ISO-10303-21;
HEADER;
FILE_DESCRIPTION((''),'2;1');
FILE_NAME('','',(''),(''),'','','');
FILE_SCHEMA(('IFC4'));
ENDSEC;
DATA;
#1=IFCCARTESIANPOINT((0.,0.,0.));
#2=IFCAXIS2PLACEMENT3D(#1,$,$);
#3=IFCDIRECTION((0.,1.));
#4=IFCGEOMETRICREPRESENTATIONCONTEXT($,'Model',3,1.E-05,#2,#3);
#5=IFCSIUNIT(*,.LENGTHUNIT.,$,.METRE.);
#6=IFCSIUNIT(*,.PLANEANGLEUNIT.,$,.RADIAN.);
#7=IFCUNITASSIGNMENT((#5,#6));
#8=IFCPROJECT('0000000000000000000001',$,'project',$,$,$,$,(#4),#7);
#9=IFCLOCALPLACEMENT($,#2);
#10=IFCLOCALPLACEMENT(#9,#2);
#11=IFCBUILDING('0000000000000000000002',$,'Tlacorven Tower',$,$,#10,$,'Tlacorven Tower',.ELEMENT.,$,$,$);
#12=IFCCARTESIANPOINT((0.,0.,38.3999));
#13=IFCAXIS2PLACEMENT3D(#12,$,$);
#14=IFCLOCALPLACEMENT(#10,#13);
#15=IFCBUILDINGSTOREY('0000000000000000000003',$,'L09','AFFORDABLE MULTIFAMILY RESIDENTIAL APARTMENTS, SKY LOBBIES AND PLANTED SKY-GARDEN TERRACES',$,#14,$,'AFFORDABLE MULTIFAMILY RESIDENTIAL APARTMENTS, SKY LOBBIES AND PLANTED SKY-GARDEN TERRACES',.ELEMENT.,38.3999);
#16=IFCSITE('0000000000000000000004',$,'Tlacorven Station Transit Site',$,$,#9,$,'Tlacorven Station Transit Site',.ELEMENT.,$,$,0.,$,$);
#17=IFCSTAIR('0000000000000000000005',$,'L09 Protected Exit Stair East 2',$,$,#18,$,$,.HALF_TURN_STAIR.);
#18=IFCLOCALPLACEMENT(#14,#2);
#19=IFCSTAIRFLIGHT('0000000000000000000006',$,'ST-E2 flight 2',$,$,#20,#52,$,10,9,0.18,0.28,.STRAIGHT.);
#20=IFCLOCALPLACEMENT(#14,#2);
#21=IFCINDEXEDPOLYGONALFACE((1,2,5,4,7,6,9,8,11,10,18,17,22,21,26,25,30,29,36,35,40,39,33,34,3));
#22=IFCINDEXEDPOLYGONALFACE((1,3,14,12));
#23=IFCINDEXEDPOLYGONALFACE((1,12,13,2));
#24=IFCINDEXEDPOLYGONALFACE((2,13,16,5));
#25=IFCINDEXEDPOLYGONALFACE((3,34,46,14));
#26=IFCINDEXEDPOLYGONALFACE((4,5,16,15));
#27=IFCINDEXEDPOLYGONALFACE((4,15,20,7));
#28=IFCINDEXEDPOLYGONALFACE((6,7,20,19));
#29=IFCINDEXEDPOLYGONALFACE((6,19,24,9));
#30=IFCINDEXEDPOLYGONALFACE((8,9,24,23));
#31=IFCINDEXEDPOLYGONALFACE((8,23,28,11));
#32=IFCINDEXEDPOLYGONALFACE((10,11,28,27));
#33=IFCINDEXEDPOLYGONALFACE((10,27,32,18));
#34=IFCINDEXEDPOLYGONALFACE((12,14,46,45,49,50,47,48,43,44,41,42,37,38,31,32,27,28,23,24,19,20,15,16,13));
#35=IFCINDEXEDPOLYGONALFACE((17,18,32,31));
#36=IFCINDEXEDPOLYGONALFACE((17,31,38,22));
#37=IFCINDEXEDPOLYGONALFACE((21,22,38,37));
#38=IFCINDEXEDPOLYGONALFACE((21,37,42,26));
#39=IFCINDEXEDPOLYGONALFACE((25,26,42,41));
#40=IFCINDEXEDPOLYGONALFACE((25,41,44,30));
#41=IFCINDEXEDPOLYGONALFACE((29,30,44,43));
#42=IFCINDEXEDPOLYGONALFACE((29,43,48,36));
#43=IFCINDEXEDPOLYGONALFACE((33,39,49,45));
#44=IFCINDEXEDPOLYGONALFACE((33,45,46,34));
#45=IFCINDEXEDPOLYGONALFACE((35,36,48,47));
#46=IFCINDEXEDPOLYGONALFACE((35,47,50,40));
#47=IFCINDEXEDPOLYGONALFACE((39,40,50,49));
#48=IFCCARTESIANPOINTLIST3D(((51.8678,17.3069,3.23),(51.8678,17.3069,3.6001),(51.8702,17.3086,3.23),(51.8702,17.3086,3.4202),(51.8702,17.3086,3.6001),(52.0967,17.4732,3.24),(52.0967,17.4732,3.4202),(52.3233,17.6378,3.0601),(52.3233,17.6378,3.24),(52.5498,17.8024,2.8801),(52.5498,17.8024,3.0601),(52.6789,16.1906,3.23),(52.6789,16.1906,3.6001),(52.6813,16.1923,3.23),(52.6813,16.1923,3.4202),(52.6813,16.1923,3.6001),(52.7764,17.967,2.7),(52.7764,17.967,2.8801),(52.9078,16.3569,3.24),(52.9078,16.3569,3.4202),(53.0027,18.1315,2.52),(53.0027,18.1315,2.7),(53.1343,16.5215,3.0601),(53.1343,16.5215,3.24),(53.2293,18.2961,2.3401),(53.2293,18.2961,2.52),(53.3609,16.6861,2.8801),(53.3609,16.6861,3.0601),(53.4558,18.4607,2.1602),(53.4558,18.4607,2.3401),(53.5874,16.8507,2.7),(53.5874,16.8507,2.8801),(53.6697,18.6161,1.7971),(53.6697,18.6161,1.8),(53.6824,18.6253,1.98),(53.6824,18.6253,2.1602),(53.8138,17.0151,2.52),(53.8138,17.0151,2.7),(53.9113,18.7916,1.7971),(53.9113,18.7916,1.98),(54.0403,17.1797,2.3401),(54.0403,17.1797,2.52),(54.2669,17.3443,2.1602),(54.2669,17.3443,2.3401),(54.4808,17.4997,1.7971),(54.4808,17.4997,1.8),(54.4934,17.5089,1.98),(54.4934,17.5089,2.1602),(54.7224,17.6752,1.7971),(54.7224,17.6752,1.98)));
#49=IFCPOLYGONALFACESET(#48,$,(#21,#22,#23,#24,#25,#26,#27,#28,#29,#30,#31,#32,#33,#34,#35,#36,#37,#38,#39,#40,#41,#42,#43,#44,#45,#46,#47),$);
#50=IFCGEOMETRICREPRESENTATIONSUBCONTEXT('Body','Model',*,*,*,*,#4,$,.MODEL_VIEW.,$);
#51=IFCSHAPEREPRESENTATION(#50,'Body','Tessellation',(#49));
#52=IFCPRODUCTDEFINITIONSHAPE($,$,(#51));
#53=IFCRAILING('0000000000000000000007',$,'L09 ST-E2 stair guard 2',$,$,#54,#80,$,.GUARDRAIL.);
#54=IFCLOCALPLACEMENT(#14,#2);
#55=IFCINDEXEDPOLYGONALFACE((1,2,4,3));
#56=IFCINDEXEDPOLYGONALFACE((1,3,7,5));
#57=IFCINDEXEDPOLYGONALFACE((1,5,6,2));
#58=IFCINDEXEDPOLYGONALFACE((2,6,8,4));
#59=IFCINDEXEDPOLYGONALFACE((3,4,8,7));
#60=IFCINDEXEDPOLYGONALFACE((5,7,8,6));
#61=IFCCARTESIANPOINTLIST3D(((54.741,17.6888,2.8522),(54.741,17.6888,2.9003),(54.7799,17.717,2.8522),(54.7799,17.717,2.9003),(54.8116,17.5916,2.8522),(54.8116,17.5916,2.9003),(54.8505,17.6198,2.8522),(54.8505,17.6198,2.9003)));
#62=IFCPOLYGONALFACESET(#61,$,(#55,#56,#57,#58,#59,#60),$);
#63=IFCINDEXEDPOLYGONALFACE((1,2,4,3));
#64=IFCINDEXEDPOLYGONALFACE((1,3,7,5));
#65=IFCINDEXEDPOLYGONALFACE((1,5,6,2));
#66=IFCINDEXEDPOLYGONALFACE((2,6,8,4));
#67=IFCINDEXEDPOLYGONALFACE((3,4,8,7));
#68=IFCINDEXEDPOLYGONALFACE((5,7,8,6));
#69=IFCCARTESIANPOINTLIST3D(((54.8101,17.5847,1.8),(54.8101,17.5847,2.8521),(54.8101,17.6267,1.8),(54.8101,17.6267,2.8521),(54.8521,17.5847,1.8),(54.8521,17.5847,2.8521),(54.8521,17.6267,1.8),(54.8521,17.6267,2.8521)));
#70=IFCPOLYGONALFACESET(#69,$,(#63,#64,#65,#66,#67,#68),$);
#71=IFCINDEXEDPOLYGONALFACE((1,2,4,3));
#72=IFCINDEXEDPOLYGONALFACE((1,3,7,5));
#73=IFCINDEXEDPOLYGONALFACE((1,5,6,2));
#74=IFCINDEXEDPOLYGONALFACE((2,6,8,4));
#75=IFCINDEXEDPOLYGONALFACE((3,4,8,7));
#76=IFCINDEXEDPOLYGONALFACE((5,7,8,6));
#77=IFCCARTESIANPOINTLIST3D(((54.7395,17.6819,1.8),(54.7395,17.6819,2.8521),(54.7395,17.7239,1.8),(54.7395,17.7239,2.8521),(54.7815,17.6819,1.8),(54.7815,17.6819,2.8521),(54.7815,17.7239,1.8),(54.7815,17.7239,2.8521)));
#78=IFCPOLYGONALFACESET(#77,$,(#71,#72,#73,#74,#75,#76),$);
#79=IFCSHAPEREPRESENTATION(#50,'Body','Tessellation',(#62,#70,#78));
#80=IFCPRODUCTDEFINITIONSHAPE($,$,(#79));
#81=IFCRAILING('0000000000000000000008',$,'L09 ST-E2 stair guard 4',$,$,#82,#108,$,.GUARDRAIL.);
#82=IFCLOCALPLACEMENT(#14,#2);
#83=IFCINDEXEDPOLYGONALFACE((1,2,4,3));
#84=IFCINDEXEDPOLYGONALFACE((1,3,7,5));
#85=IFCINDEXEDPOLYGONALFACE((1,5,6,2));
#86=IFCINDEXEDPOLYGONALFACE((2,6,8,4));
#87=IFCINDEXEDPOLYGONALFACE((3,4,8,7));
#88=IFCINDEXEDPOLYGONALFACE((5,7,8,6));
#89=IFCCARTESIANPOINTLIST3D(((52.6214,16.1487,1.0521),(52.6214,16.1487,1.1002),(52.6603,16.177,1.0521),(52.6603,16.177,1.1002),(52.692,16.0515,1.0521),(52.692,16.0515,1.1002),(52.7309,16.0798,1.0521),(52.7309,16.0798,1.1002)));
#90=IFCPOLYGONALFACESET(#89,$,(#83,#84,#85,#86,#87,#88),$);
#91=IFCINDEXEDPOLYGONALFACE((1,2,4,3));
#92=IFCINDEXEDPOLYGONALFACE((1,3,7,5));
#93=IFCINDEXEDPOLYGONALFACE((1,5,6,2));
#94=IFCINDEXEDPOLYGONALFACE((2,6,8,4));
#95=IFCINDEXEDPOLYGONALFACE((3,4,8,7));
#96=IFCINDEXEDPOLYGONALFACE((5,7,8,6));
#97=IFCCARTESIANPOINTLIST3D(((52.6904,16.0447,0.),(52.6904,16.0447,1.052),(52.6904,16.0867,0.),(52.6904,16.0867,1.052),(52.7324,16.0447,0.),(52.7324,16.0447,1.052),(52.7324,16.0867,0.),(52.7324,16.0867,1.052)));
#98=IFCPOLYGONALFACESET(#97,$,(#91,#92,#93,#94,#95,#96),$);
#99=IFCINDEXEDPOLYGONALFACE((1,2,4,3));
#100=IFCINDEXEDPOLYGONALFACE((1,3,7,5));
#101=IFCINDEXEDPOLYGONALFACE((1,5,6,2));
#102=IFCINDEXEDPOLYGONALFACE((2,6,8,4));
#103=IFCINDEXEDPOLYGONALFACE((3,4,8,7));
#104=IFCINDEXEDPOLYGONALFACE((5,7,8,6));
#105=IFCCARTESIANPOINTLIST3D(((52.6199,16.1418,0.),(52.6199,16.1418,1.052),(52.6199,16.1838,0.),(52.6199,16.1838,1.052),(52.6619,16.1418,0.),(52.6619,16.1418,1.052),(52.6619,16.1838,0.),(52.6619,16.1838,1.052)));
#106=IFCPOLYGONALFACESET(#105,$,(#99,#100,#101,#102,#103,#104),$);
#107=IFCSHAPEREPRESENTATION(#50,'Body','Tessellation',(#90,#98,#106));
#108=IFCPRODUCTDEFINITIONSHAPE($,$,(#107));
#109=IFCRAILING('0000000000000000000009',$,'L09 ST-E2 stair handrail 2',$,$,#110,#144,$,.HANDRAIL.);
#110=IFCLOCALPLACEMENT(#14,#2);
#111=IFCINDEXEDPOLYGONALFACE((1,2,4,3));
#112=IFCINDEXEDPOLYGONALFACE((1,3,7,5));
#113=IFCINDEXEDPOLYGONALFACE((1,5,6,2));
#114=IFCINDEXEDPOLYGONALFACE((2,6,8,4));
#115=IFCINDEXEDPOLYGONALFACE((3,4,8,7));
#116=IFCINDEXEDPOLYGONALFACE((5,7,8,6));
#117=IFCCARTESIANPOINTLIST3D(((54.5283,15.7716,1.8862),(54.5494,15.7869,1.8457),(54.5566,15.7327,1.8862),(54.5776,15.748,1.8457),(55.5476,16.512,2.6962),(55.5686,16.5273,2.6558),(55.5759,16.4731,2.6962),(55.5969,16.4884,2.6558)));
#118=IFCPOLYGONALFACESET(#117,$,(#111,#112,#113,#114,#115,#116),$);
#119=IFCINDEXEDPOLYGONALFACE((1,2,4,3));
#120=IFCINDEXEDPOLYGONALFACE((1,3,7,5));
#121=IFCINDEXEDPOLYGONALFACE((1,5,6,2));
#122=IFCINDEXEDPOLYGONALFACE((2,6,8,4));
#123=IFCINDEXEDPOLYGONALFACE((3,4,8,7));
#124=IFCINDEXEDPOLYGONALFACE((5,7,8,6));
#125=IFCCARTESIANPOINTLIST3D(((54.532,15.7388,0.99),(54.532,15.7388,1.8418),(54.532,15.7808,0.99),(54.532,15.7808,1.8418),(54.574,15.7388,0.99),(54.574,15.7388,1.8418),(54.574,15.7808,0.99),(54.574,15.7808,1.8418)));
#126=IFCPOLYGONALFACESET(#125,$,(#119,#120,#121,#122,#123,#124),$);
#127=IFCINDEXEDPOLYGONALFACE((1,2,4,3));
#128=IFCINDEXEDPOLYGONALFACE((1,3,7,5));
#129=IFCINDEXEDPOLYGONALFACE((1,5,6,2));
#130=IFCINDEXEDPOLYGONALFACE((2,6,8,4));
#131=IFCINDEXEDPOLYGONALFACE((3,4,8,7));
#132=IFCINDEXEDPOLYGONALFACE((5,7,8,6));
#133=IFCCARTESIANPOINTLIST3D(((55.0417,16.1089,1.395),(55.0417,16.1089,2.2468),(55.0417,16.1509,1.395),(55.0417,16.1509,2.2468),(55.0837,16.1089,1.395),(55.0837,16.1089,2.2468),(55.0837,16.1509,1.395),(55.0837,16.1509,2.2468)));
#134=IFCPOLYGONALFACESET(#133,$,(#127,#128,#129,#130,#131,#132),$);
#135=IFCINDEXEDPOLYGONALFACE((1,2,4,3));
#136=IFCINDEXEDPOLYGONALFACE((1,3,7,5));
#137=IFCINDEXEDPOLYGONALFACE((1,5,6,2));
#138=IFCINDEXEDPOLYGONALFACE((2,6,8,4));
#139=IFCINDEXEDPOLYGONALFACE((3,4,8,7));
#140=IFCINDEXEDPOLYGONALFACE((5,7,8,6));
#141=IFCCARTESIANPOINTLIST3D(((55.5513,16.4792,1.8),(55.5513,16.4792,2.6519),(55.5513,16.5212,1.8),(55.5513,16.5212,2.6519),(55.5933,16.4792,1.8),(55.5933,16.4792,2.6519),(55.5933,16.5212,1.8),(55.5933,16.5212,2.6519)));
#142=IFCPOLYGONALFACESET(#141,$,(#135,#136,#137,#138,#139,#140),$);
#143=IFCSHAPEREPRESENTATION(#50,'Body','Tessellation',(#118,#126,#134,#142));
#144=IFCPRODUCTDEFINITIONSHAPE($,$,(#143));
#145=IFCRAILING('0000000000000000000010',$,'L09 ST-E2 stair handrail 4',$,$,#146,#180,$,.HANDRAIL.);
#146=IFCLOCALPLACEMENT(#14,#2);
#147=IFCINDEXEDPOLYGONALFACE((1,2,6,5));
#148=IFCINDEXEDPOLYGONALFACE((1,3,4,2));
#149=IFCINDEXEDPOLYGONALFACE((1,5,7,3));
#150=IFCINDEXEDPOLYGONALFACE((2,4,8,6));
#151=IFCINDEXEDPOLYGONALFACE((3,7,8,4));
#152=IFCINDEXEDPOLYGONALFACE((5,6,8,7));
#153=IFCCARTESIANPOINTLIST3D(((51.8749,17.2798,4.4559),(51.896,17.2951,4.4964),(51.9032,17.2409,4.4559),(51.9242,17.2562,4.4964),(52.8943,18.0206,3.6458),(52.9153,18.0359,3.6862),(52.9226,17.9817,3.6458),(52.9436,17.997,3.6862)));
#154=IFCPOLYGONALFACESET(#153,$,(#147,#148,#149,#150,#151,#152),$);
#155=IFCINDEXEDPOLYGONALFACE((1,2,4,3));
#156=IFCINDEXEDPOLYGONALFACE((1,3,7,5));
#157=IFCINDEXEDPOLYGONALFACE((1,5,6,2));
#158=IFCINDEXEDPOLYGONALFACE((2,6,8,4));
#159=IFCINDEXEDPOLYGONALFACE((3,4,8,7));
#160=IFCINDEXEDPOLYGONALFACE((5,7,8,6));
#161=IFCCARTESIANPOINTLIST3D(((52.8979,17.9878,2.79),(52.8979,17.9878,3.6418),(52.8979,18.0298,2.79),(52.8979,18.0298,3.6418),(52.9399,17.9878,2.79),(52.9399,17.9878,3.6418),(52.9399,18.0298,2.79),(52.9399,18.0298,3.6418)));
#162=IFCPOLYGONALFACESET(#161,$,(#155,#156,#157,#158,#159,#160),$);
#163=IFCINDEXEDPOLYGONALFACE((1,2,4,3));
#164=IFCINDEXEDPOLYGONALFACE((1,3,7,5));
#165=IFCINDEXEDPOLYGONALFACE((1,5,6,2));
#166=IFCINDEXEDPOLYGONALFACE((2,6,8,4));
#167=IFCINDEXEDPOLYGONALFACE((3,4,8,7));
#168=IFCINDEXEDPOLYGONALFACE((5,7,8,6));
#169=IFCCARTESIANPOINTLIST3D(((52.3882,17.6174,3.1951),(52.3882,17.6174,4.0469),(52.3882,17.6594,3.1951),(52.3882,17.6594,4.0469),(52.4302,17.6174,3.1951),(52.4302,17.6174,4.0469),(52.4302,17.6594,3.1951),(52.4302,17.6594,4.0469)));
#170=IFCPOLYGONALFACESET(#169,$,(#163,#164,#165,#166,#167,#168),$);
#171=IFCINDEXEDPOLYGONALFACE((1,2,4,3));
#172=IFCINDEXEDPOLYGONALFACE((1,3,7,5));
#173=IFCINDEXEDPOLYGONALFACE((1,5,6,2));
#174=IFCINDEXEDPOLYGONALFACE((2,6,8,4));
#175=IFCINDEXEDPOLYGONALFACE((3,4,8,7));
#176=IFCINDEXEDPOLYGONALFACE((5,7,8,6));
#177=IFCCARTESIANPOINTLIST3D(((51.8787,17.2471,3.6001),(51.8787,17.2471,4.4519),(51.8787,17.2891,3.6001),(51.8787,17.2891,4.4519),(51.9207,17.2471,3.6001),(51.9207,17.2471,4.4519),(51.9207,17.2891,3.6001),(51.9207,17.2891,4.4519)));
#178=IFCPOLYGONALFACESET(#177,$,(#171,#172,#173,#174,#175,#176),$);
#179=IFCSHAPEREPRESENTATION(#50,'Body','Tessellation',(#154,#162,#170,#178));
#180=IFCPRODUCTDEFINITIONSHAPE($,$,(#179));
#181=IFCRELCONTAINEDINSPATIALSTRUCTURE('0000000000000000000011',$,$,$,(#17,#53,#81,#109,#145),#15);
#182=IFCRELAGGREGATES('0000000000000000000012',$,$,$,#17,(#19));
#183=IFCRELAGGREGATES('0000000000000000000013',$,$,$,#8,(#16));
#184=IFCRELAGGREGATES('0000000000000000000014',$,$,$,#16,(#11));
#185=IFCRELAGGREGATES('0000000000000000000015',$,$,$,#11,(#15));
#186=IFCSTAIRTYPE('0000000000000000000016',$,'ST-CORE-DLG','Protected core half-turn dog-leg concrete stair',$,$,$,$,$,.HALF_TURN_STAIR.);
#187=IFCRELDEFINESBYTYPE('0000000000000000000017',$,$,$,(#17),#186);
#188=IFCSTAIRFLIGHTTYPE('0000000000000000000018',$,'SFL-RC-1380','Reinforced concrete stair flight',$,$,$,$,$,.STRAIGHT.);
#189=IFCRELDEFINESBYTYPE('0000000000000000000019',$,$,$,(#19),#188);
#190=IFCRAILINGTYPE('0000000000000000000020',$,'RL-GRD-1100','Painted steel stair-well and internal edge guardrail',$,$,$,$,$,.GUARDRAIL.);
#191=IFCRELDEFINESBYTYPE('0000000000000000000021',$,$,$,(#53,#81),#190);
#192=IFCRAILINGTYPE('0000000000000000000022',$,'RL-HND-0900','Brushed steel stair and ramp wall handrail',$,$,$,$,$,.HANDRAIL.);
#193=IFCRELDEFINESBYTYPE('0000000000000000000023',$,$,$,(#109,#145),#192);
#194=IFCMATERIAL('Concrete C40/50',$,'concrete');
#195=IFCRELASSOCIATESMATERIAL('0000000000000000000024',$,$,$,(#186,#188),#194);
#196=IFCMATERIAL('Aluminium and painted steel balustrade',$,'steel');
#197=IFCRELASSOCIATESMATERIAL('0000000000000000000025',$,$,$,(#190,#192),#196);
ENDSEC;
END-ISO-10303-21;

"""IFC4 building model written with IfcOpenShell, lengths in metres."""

from ifc_helpers import new_model, si_unit, direction, frame, origin, origin_2d, place, context, subcontext, project, spatial, polyline, rectangle, outline, extrude, source, transform, mapped, material, type_object, element, aggregate, save


model = new_model("IFC4")

# Units and contexts
model_context = context("Model", 3, precision=1e-05, world=origin(), true_north=direction((0.0, 1.0)))
body_context = subcontext(model_context, "Body", "Model", "MODEL_VIEW")
ifc_project = project(units=[si_unit("LENGTHUNIT", "METRE"), si_unit("PLANEANGLEUNIT", "RADIAN")], contexts=[model_context])

# Site, building, storey
site_placement = place(None, origin())
site = spatial("IfcSite", under=ifc_project, at=site_placement, Name="Tlacorven Station Transit Site", LongName="Tlacorven Station Transit Site", CompositionType="ELEMENT", RefElevation=0.0)
building_placement = place(site_placement, origin())
building = spatial("IfcBuilding", under=site, at=building_placement, Name="Tlacorven Tower", LongName="Tlacorven Tower", CompositionType="ELEMENT")
storey_placement = place(building_placement, frame((0.0, 0.0, 38.3999)))
storey = spatial("IfcBuildingStorey", under=building, at=storey_placement, Name="L09", Description="AFFORDABLE MULTIFAMILY RESIDENTIAL APARTMENTS, SKY LOBBIES AND PLANTED SKY-GARDEN TERRACES", LongName="AFFORDABLE MULTIFAMILY RESIDENTIAL APARTMENTS, SKY LOBBIES AND PLANTED SKY-GARDEN TERRACES", CompositionType="ELEMENT", Elevation=38.3999)

# Stair, stair flight
ifc_material_1 = material(Name="Concrete C40/50", Category="concrete")
stair_type = type_object("IfcStairType", Name="ST-CORE-DLG", Description="Protected core half-turn dog-leg concrete stair", PredefinedType="HALF_TURN_STAIR", material=ifc_material_1)
stair_placement = place(storey_placement, origin())
stair = element("IfcStair", 1, at=stair_placement, inside=storey, type_object=stair_type, Name="L09 Protected Exit Stair East 2", PredefinedType="HALF_TURN_STAIR")
stair_flight_type = type_object("IfcStairFlightType", Name="SFL-RC-1380", Description="Reinforced concrete stair flight", PredefinedType="STRAIGHT", material=ifc_material_1)
shared_shape_1 = source(origin(), body_context, "Body", "SweptSolid", [
    extrude(outline(polyline([(-0.0029, -0.0029), (-0.0029, 0.1799), (0.28, 0.1799), (0.28, 0.3601), (0.5601, 0.3601), (0.5601, 0.54), (0.8401, 0.54), (0.8401, 0.72), (1.1201, 0.72), (1.1201, 0.8999), (1.3999, 0.8999), (1.3999, 1.0801), (1.6799, 1.0801), (1.6799, 1.26), (1.96, 1.26), (1.96, 1.4399), (2.24, 1.4399), (2.24, 1.6201), (2.52, 1.6201), (2.52, 1.8), (2.5229, 1.8), (2.5229, 1.4299), (2.52, 1.4299), (0.2957, 0.0), (0.2957, -0.0029), (-0.0029, -0.0029)])), frame((0.0, 0.6899, 0.0), z_axis=(0.0, -1.0, 0.0), x_axis=(1.0, 0.0, 0.0)), (0.0, 0.0, 1.0), 1.3799),
])
stair_flight_1_placement = place(storey_placement, frame((54.3145, 18.2317, 1.8), z_axis=(0.0, 0.0, 1.0), x_axis=(-0.809017, -0.587785, 0.0)))
stair_flight_1 = element("IfcStairFlight", 2, at=stair_flight_1_placement, type_object=stair_flight_type, Name="ST-E2 flight 2", NumberOfRisers=10, NumberOfTreads=9, PredefinedType="STRAIGHT", RiserHeight=0.18, TreadLength=0.28, context=body_context, shape_type="MappedRepresentation", body=[
    mapped(shared_shape_1, transform((0.0, 0.0, 0.0), scale=1.0)),
])
aggregate(stair, [stair_flight_1])

# Railings
ifc_material_2 = material(Name="Aluminium and painted steel balustrade", Category="steel")
railing_type_1 = type_object("IfcRailingType", Name="RL-GRD-1100", Description="Painted steel stair-well and internal edge guardrail", PredefinedType="GUARDRAIL", material=ifc_material_2)
shared_shape_2 = source(origin(), body_context, "Body", "SweptSolid", [
    extrude(rectangle(XDim=0.0481, YDim=0.0481, at=origin_2d()), frame((0.0, 0.0, 1.0762), z_axis=(-0.587567, 0.809175, 0.0), x_axis=(-0.809175, -0.587567, 0.0)), (0.0, 0.0, 1.0), 0.1201),
    extrude(rectangle(XDim=0.042, YDim=0.042, at=origin_2d()), origin(), (0.0, 0.0, 1.0), 1.052),
    extrude(rectangle(XDim=0.042, YDim=0.042, at=origin_2d()), frame((-0.0706, 0.0972, 0.0)), (0.0, 0.0, 1.0), 1.052),
])
for number, where, name in (
    (3, (54.8311, 17.6057, 1.8), "L09 ST-E2 stair guard 2"),
    (4, (52.7114, 16.0657, 0.0), "L09 ST-E2 stair guard 4"),
):
    element("IfcRailing", number, at=place(storey_placement, frame(where)), inside=storey, type_object=railing_type_1, Name=name, PredefinedType="GUARDRAIL", context=body_context, shape_type="MappedRepresentation", body=[
        mapped(shared_shape_2, transform((0.0, 0.0, 0.0), scale=1.0)),
    ])
railing_type_2 = type_object("IfcRailingType", Name="RL-HND-0900", Description="Brushed steel stair and ramp wall handrail", PredefinedType="HANDRAIL", material=ifc_material_2)
shared_shape_3 = source(origin(), body_context, "Body", "SweptSolid", [
    extrude(rectangle(XDim=0.0481, YDim=0.0481, at=origin_2d()), frame((0.0, 0.0, 0.876), z_axis=(0.680516, 0.494373, 0.540827), x_axis=(-0.587745, 0.809046, 0.0)), (0.0, 0.0, 1.0), 1.4978),
    extrude(rectangle(XDim=0.042, YDim=0.042, at=origin_2d()), origin(), (0.0, 0.0, 1.0), 0.8518),
    extrude(rectangle(XDim=0.042, YDim=0.042, at=origin_2d()), frame((0.5098, 0.3701, 0.405)), (0.0, 0.0, 1.0), 0.8518),
    extrude(rectangle(XDim=0.042, YDim=0.042, at=origin_2d()), frame((1.0193, 0.7405, 0.8101)), (0.0, 0.0, 1.0), 0.8518),
])
railing_1_placement = place(storey_placement, frame((54.553, 15.7598, 0.99)))
element("IfcRailing", 5, at=railing_1_placement, inside=storey, type_object=railing_type_2, Name="L09 ST-E2 stair handrail 2", PredefinedType="HANDRAIL", context=body_context, shape_type="MappedRepresentation", body=[
    mapped(shared_shape_3, transform((0.0, 0.0, 0.0), scale=1.0)),
])
shared_shape_4 = source(origin(), body_context, "Body", "SweptSolid", [
    extrude(rectangle(XDim=0.0481, YDim=0.0481, at=origin_2d()), frame((0.0, 0.0, 0.876), z_axis=(-0.680461, -0.494496, 0.540783), x_axis=(0.587872, -0.808954, 0.0)), (0.0, 0.0, 1.0), 1.498),
    extrude(rectangle(XDim=0.042, YDim=0.042, at=origin_2d()), origin(), (0.0, 0.0, 1.0), 0.8518),
    extrude(rectangle(XDim=0.042, YDim=0.042, at=origin_2d()), frame((-0.5098, -0.3704, 0.405)), (0.0, 0.0, 1.0), 0.8518),
    extrude(rectangle(XDim=0.042, YDim=0.042, at=origin_2d()), frame((-1.0193, -0.7407, 0.8101)), (0.0, 0.0, 1.0), 0.8518),
])
railing_2_placement = place(storey_placement, frame((52.9189, 18.0088, 2.79)))
element("IfcRailing", 6, at=railing_2_placement, inside=storey, type_object=railing_type_2, Name="L09 ST-E2 stair handrail 4", PredefinedType="HANDRAIL", context=body_context, shape_type="MappedRepresentation", body=[
    mapped(shared_shape_4, transform((0.0, 0.0, 0.0), scale=1.0)),
])

save(model, "model.ifc")
